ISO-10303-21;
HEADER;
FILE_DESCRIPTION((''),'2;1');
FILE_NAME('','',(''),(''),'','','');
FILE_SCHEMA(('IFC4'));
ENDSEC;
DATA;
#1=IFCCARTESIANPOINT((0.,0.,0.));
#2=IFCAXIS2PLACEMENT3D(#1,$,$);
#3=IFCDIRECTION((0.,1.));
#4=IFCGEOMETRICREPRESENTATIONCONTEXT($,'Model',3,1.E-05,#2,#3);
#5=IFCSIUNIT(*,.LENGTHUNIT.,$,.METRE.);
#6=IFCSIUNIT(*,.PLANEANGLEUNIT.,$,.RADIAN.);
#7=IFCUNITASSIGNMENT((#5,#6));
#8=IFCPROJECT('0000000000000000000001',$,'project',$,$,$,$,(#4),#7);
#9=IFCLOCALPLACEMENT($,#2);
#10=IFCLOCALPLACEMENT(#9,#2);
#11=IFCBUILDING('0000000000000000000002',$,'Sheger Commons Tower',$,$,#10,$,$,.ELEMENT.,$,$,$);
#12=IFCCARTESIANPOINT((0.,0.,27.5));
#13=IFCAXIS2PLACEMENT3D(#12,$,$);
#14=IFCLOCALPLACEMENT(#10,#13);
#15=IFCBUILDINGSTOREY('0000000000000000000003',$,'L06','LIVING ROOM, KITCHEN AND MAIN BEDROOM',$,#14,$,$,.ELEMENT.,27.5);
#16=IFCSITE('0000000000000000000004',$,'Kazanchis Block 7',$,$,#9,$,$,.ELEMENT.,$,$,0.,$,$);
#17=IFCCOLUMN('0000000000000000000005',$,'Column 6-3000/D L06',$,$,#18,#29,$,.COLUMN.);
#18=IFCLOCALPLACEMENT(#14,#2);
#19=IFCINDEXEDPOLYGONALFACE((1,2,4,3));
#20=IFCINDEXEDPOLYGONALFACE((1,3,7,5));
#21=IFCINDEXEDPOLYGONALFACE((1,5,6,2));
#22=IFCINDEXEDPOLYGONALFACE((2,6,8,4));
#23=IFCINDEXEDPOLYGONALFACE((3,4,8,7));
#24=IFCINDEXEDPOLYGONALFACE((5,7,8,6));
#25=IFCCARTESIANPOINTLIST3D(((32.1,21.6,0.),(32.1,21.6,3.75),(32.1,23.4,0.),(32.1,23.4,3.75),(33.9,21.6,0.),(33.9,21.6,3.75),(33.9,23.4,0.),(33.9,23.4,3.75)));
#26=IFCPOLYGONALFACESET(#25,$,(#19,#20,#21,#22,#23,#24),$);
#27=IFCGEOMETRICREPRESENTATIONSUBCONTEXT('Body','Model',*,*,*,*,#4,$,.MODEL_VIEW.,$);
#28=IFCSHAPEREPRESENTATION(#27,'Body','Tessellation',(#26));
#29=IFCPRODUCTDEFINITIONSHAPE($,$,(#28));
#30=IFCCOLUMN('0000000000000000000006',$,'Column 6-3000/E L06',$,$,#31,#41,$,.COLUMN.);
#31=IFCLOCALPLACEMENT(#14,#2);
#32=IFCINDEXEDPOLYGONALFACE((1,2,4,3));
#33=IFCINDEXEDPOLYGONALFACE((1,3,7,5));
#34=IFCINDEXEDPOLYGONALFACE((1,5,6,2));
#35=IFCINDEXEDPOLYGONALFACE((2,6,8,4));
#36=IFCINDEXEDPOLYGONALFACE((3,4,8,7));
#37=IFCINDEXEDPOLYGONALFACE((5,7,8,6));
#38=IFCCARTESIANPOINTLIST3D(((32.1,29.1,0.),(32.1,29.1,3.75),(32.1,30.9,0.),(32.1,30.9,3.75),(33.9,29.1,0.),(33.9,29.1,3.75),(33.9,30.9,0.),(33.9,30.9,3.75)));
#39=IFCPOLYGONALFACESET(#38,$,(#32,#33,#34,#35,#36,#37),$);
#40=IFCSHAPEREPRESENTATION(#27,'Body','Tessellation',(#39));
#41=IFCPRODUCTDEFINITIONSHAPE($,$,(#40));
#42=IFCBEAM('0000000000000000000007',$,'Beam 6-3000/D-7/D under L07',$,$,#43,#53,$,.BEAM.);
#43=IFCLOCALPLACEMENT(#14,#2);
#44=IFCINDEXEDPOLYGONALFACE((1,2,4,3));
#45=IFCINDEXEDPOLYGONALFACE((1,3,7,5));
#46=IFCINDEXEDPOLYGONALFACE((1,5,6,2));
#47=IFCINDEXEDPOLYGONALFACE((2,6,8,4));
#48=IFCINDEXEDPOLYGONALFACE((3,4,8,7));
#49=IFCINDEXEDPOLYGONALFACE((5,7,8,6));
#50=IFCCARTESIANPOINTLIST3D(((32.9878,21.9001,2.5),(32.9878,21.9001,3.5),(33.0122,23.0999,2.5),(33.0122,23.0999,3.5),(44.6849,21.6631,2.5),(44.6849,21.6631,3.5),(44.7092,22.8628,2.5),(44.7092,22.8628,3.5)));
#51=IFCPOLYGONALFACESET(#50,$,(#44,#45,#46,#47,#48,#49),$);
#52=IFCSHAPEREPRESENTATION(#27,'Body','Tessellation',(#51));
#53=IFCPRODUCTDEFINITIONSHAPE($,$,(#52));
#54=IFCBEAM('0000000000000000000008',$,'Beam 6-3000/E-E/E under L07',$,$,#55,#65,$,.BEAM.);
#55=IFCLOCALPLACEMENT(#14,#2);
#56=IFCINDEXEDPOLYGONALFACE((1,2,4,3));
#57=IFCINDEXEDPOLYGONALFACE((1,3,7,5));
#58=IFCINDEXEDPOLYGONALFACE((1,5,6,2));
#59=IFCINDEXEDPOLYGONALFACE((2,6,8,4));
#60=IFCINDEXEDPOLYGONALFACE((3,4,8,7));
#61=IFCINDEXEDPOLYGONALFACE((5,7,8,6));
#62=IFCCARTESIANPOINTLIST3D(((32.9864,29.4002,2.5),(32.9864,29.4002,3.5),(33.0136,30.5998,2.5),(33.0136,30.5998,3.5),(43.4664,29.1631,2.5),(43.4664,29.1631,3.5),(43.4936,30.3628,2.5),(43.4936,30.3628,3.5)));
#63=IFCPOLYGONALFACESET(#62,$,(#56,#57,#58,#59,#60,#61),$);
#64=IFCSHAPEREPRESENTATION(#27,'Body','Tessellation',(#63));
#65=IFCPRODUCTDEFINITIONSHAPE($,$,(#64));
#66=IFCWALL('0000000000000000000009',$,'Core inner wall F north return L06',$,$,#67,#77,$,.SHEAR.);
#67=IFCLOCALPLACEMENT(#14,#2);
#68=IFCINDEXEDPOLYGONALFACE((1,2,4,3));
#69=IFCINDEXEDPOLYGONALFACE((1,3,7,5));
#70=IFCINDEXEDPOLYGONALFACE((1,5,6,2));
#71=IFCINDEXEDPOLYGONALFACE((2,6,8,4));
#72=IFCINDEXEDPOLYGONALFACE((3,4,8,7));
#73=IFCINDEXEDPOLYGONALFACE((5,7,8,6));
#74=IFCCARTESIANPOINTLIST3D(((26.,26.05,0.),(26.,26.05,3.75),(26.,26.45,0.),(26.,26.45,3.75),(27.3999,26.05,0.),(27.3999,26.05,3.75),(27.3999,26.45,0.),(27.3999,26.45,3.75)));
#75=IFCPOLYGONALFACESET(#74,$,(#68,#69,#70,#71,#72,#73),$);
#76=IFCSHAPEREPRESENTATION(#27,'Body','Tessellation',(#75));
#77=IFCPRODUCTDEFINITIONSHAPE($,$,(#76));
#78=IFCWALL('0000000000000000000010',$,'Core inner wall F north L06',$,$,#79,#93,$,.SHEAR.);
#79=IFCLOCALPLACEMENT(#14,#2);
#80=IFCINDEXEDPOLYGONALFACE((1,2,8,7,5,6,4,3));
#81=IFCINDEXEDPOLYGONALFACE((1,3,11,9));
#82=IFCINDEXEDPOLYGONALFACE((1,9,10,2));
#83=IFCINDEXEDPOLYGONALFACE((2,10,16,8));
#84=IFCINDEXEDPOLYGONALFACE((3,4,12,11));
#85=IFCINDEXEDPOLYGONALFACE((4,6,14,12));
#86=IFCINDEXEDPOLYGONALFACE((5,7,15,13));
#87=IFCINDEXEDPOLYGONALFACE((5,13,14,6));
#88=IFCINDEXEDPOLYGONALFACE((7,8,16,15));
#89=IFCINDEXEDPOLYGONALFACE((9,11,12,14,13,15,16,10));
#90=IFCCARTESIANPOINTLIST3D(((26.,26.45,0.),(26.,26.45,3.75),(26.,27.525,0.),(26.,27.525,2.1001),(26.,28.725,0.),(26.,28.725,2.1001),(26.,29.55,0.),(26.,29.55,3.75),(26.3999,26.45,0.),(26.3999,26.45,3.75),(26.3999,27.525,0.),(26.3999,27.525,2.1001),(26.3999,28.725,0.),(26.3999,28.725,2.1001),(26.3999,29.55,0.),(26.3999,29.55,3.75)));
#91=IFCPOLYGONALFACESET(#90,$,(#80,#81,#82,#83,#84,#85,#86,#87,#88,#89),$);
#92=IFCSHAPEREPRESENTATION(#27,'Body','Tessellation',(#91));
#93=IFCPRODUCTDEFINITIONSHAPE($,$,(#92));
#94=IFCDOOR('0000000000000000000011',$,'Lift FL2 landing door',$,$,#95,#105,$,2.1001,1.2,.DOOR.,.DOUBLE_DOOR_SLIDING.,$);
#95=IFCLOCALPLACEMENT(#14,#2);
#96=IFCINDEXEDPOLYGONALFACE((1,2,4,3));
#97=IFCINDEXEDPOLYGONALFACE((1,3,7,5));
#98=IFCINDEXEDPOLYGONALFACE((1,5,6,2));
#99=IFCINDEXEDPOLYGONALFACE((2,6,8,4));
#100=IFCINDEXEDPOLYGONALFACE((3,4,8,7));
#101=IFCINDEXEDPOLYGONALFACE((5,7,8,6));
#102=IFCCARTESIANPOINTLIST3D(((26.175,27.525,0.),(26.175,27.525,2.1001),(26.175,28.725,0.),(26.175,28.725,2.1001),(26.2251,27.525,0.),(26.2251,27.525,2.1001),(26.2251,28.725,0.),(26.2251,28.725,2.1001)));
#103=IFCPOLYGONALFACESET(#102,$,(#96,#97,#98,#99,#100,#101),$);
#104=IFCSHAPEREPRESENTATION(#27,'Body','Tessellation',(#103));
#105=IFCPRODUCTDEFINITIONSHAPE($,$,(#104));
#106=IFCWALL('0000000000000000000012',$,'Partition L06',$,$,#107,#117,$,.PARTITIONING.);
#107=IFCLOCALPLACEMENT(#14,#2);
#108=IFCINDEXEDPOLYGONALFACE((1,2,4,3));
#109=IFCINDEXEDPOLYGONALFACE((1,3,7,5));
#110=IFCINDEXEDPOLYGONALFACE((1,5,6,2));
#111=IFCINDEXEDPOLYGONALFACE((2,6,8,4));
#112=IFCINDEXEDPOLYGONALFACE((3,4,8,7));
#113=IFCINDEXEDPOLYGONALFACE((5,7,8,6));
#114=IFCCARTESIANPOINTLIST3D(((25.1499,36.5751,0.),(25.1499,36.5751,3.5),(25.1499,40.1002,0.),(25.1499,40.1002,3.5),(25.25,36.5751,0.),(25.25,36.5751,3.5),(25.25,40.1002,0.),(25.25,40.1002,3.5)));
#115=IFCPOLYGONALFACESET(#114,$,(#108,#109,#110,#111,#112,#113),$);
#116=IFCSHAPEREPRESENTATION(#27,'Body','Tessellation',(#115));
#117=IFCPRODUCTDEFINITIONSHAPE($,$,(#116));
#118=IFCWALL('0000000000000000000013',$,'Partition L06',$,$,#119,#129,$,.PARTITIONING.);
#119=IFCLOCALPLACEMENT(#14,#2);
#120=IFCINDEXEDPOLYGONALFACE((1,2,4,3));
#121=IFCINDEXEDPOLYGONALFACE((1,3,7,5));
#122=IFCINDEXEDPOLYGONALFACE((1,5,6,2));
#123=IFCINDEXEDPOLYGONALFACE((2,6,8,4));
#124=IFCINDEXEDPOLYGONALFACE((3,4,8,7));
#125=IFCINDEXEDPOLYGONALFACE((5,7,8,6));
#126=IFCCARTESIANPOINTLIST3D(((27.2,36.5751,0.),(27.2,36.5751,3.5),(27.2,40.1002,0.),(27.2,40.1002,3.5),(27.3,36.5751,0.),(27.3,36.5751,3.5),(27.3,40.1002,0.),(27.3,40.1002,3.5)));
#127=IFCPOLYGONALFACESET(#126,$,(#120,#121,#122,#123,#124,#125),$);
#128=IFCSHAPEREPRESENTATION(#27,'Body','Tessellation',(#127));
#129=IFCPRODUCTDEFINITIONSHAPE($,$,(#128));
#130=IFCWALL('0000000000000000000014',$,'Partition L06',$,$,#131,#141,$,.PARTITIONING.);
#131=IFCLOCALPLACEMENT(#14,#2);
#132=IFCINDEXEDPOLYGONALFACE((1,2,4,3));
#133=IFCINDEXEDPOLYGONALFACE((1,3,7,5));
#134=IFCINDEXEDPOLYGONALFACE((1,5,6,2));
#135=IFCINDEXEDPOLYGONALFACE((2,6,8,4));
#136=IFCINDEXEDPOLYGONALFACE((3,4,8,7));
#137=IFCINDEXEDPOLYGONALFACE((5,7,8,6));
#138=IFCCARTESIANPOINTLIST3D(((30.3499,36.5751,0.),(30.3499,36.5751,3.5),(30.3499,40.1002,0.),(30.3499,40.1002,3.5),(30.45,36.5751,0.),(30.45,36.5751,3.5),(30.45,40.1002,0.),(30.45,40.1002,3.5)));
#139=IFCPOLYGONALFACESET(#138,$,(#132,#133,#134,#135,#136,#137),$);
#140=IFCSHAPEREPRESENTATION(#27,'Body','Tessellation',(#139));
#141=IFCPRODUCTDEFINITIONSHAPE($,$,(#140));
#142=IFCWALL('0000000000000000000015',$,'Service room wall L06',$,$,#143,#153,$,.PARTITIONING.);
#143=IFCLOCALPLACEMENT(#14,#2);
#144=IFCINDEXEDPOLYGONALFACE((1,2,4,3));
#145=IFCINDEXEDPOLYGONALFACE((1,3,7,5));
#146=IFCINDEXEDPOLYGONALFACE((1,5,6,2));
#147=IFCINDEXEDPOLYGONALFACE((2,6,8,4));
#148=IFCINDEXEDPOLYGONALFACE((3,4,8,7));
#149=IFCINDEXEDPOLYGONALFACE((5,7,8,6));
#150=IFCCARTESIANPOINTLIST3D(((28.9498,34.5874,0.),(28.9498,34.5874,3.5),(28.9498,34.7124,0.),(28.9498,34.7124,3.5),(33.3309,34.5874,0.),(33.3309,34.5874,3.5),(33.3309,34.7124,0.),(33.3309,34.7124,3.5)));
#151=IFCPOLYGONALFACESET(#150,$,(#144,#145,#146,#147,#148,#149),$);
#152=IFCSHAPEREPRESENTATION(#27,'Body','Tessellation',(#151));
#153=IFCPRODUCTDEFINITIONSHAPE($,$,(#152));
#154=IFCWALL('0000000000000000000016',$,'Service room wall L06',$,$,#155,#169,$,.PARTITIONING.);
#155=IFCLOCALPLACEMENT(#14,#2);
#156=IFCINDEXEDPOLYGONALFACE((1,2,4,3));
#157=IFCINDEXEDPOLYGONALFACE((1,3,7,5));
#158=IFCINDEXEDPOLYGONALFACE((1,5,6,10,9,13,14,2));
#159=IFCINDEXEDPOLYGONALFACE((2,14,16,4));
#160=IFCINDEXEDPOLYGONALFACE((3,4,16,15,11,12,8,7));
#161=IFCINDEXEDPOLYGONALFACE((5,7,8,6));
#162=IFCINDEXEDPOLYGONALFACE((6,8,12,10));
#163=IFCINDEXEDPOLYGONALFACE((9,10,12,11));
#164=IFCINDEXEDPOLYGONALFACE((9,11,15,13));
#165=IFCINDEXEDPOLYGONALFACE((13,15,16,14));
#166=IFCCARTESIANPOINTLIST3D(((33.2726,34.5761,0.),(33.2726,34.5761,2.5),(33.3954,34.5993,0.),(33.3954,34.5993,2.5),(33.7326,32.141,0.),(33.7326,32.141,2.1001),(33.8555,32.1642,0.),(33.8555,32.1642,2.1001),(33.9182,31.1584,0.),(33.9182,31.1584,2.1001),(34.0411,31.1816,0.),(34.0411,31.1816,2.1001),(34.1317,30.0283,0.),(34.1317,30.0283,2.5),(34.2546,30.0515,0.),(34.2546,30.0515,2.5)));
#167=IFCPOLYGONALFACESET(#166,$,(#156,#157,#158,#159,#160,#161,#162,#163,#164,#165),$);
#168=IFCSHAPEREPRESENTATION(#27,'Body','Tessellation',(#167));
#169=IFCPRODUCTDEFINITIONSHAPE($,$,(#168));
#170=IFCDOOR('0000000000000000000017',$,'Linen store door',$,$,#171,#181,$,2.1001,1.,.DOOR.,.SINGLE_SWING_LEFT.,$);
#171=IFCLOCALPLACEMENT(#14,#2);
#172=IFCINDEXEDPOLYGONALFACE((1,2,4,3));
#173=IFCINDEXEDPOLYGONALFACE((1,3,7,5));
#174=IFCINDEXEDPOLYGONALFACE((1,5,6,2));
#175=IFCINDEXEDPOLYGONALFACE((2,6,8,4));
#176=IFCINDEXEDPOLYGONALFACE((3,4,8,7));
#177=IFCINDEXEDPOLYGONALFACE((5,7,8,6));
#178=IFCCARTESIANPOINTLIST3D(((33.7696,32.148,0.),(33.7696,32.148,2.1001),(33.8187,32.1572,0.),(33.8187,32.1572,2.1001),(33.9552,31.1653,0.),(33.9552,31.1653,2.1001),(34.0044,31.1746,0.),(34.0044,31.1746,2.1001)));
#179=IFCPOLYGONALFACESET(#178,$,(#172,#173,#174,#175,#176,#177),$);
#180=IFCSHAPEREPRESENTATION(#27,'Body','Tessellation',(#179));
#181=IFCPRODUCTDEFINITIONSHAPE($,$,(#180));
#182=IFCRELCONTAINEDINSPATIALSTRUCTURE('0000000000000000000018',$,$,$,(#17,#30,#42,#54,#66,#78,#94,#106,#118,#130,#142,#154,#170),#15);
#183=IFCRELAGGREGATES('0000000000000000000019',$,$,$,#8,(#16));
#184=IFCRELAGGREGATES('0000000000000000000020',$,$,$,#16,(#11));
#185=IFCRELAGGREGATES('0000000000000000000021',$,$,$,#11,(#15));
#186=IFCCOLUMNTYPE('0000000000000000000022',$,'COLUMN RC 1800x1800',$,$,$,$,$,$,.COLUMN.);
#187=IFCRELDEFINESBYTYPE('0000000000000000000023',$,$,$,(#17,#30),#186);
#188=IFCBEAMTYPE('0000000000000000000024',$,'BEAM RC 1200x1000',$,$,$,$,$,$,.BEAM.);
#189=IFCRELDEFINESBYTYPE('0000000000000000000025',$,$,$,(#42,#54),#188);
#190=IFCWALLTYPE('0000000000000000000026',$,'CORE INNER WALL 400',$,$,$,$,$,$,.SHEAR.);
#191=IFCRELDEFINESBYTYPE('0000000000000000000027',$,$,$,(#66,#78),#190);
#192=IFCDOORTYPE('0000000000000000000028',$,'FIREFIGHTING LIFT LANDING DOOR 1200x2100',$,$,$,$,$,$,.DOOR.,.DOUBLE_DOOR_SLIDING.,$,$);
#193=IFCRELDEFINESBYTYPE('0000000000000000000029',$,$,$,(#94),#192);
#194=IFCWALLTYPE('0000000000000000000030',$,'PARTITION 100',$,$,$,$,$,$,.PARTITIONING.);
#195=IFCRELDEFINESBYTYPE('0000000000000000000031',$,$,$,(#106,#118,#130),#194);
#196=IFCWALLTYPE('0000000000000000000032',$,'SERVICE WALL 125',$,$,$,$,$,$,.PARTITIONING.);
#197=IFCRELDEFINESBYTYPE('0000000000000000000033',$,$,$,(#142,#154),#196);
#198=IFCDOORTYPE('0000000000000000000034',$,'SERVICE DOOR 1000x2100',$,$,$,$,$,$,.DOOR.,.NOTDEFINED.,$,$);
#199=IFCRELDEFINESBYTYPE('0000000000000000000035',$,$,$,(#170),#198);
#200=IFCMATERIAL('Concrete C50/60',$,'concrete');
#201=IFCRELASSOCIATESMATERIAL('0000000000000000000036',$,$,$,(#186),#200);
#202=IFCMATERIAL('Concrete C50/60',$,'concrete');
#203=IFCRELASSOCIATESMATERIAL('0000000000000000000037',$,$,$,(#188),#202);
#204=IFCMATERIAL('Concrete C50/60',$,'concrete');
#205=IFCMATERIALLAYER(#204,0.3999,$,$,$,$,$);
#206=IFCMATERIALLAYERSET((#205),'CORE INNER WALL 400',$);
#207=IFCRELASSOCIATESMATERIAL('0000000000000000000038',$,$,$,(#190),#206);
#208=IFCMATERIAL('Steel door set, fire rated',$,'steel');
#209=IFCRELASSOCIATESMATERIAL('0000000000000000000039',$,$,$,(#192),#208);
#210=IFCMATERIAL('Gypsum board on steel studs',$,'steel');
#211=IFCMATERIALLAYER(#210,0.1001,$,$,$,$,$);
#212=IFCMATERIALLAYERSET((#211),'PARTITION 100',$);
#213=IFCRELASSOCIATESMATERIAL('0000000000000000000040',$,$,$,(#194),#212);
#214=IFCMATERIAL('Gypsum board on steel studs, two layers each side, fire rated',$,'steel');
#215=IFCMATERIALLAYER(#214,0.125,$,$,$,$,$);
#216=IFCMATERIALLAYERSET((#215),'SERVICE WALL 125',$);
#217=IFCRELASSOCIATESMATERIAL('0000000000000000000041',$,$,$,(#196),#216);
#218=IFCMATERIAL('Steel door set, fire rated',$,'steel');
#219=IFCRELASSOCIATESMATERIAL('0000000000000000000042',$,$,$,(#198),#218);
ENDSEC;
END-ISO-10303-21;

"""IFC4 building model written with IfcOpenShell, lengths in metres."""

from ifc_helpers import new_model, si_unit, direction, frame, frame_2d, origin, origin_2d, place, context, subcontext, project, spatial, rectangle, extrude, material, layer, layer_set, material_profile, profile_set, type_object, element, fill, save


model = new_model("IFC4")

# Units and contexts
model_context = context("Model", 3, precision=1e-05, world=origin(), true_north=direction((0.0, 1.0)))
body_context = subcontext(model_context, "Body", "Model", "MODEL_VIEW")
ifc_project = project(units=[si_unit("LENGTHUNIT", "METRE"), si_unit("PLANEANGLEUNIT", "RADIAN")], contexts=[model_context])

# Site, building, storey
site_placement = place(None, origin())
site = spatial("IfcSite", under=ifc_project, at=site_placement, Name="Kazanchis Block 7", CompositionType="ELEMENT", RefElevation=0.0)
building_placement = place(site_placement, origin())
building = spatial("IfcBuilding", under=site, at=building_placement, Name="Sheger Commons Tower", CompositionType="ELEMENT")
storey_placement = place(building_placement, frame((0.0, 0.0, 27.5)))
storey = spatial("IfcBuildingStorey", under=building, at=storey_placement, Name="L06", Description="LIVING ROOM, KITCHEN AND MAIN BEDROOM", CompositionType="ELEMENT", Elevation=27.5)

# Columns
ifc_material_1 = material(Name="Concrete C50/60", Category="concrete")
ifc_material_profile_1 = material_profile(ifc_material_1, rectangle(XDim=1.8, YDim=1.8, at=origin_2d()), Name="RC 1800x1800")
ifc_profile_set_1 = profile_set([ifc_material_profile_1], Name="Concrete C50/60")
column_type = type_object("IfcColumnType", Name="COLUMN RC 1800x1800", PredefinedType="COLUMN", material=ifc_profile_set_1)
for number, where, z_axis, x_axis, name in (
    (1, (33.0, 22.5, 0.0), (0.0, 0.0, 1.0), (1.0, 0.0, 0.0), "Column 6-3000/D L06"),
    (2, (33.0, 30.0, 0.0), (0.0, 0.0, 1.0), (1.0, 0.0, 0.0), "Column 6-3000/E L06"),
):
    element("IfcColumn", number, at=place(storey_placement, frame(where, z_axis=z_axis, x_axis=x_axis)), inside=storey, type_object=column_type, Name=name, PredefinedType="COLUMN", context=body_context, shape_type="SweptSolid", body=[
        extrude(rectangle(XDim=1.8, YDim=1.8, at=origin_2d()), origin(), (0.0, 0.0, 1.0), 3.75),
    ])

# Beams
ifc_material_2 = material(Name="Concrete C50/60", Category="concrete")
ifc_material_profile_2 = material_profile(ifc_material_2, rectangle(XDim=1.2, YDim=1.0, at=origin_2d()), Name="RC 1200x1000")
ifc_profile_set_2 = profile_set([ifc_material_profile_2], Name="Concrete C50/60")
beam_type = type_object("IfcBeamType", Name="BEAM RC 1200x1000", PredefinedType="BEAM", material=ifc_profile_set_2)
beam_1_placement = place(storey_placement, frame((33.0, 22.5, 3.0), z_axis=(0.999795, -0.020263, 0.0), x_axis=(0.020263, 0.999795, 0.0)))
element("IfcBeam", 3, at=beam_1_placement, inside=storey, type_object=beam_type, Name="Beam 6-3000/D-7/D under L07", PredefinedType="BEAM", context=body_context, shape_type="SweptSolid", body=[
    extrude(rectangle(XDim=1.2, YDim=1.0, at=origin_2d()), origin(), (0.0, 0.0, 1.0), 11.6995),
])
beam_2_placement = place(storey_placement, frame((33.0, 30.0, 3.0), z_axis=(0.999744, -0.022615, 0.0), x_axis=(0.022615, 0.999744, 0.0)))
element("IfcBeam", 4, at=beam_2_placement, inside=storey, type_object=beam_type, Name="Beam 6-3000/E-E/E under L07", PredefinedType="BEAM", context=body_context, shape_type="SweptSolid", body=[
    extrude(rectangle(XDim=1.2, YDim=1.0, at=origin_2d()), origin(), (0.0, 0.0, 1.0), 10.4827),
])

# Wall
ifc_material_3 = material(Name="Concrete C50/60", Category="concrete")
ifc_layer_1 = layer(ifc_material_3, 0.3999)
ifc_layer_set_1 = layer_set([ifc_layer_1], Name="CORE INNER WALL 400")
wall_type_1 = type_object("IfcWallType", Name="CORE INNER WALL 400", PredefinedType="SHEAR", material=ifc_layer_set_1)
wall_1_placement = place(storey_placement, frame((26.0, 26.25, 0.0), z_axis=(0.0, 0.0, 1.0), x_axis=(1.0, 0.0, 0.0)))
element("IfcWall", 5, at=wall_1_placement, inside=storey, type_object=wall_type_1, Name="Core inner wall F north return L06", PredefinedType="SHEAR", context=body_context, shape_type="SweptSolid", body=[
    extrude(rectangle(XDim=1.3999, YDim=0.3999, at=frame_2d((0.7, 0.0))), origin(), (0.0, 0.0, 1.0), 3.75),
])

# Wall, opening, door
wall_2_placement = place(storey_placement, frame((26.2, 26.45, 0.0), z_axis=(0.0, 0.0, 1.0), x_axis=(0.0, 1.0, 0.0)))
wall_2 = element("IfcWall", 6, at=wall_2_placement, inside=storey, type_object=wall_type_1, Name="Core inner wall F north L06", PredefinedType="SHEAR", context=body_context, shape_type="SweptSolid", body=[
    extrude(rectangle(XDim=3.1001, YDim=0.3999, at=frame_2d((1.55, 0.0))), origin(), (0.0, 0.0, 1.0), 3.75),
])
opening_1_placement = place(wall_2_placement, frame((1.075, 0.0, 0.0)))
opening_1 = element("IfcOpeningElement", 7, at=opening_1_placement, cuts=wall_2, PredefinedType="OPENING", context=body_context, shape_type="SweptSolid", body=[
    extrude(rectangle(XDim=1.2, YDim=2.1001, at=frame_2d((0.6001, 1.05))), frame((0.0, 0.21, 0.0), z_axis=(0.0, -1.0, 0.0), x_axis=(1.0, 0.0, 0.0)), (0.0, 0.0, 1.0), 0.4199),
])
ifc_material_4 = material(Name="Steel door set, fire rated", Category="steel")
door_type_1 = type_object("IfcDoorType", Name="FIREFIGHTING LIFT LANDING DOOR 1200x2100", OperationType="DOUBLE_DOOR_SLIDING", PredefinedType="DOOR", material=ifc_material_4)
door_1_placement = place(opening_1_placement, origin())
door_1 = element("IfcDoor", 8, at=door_1_placement, inside=storey, type_object=door_type_1, Name="Lift FL2 landing door", OperationType="DOUBLE_DOOR_SLIDING", OverallHeight=2.1001, OverallWidth=1.2, PredefinedType="DOOR", context=body_context, shape_type="SweptSolid", body=[
    extrude(rectangle(XDim=1.2, YDim=2.1001, at=frame_2d((0.6001, 1.05))), frame((0.0, 0.0249, 0.0), z_axis=(0.0, -1.0, 0.0), x_axis=(1.0, 0.0, 0.0)), (0.0, 0.0, 1.0), 0.05),
])
fill(opening_1, door_1)

# Walls
ifc_material_5 = material(Name="Gypsum board on steel studs", Category="steel")
ifc_layer_2 = layer(ifc_material_5, 0.1001)
ifc_layer_set_2 = layer_set([ifc_layer_2], Name="PARTITION 100")
wall_type_2 = type_object("IfcWallType", Name="PARTITION 100", PredefinedType="PARTITIONING", material=ifc_layer_set_2)
for number, where, z_axis, x_axis, name in (
    (9, (25.2, 36.575, 0.0), (0.0, 0.0, 1.0), (0.0, 1.0, 0.0), "Partition L06"),
    (10, (27.25, 36.575, 0.0), (0.0, 0.0, 1.0), (0.0, 1.0, 0.0), "Partition L06"),
    (11, (30.3999, 36.575, 0.0), (0.0, 0.0, 1.0), (0.0, 1.0, 0.0), "Partition L06"),
):
    element("IfcWall", number, at=place(storey_placement, frame(where, z_axis=z_axis, x_axis=x_axis)), inside=storey, type_object=wall_type_2, Name=name, PredefinedType="PARTITIONING", context=body_context, shape_type="SweptSolid", body=[
        extrude(rectangle(XDim=3.5251, YDim=0.1001, at=frame_2d((1.7627, 0.0))), origin(), (0.0, 0.0, 1.0), 3.5),
    ])
ifc_material_6 = material(Name="Gypsum board on steel studs, two layers each side, fire rated", Category="steel")
ifc_layer_3 = layer(ifc_material_6, 0.125)
ifc_layer_set_3 = layer_set([ifc_layer_3], Name="SERVICE WALL 125")
wall_type_3 = type_object("IfcWallType", Name="SERVICE WALL 125", PredefinedType="PARTITIONING", material=ifc_layer_set_3)
wall_3_placement = place(storey_placement, frame((28.95, 34.6499, 0.0), z_axis=(0.0, 0.0, 1.0), x_axis=(1.0, 0.0, 0.0)))
element("IfcWall", 12, at=wall_3_placement, inside=storey, type_object=wall_type_3, Name="Service room wall L06", PredefinedType="PARTITIONING", context=body_context, shape_type="SweptSolid", body=[
    extrude(rectangle(XDim=4.3811, YDim=0.125, at=frame_2d((2.1904, 0.0))), origin(), (0.0, 0.0, 1.0), 3.5),
])

# Wall, opening, door
wall_4_placement = place(storey_placement, frame((34.1931, 30.04, 0.0), z_axis=(0.0, 0.0, 1.0), x_axis=(-0.185626, 0.98262, 0.0)))
wall_4 = element("IfcWall", 13, at=wall_4_placement, inside=storey, type_object=wall_type_3, Name="Service room wall L06", PredefinedType="PARTITIONING", context=body_context, shape_type="SweptSolid", body=[
    extrude(rectangle(XDim=4.6282, YDim=0.125, at=frame_2d((2.314, 0.0))), origin(), (0.0, 0.0, 1.0), 2.5),
])
opening_2_placement = place(wall_4_placement, frame((1.1499, 0.0, 0.0)))
opening_2 = element("IfcOpeningElement", 14, at=opening_2_placement, cuts=wall_4, PredefinedType="OPENING", context=body_context, shape_type="SweptSolid", body=[
    extrude(rectangle(XDim=1.0, YDim=2.1001, at=frame_2d((0.5, 1.05))), frame((0.0, 0.0725, 0.0), z_axis=(0.0, -1.0, 0.0), x_axis=(1.0, 0.0, 0.0)), (0.0, 0.0, 1.0), 0.145),
])
ifc_material_7 = material(Name="Steel door set, fire rated", Category="steel")
door_type_2 = type_object("IfcDoorType", Name="SERVICE DOOR 1000x2100", OperationType="NOTDEFINED", PredefinedType="DOOR", material=ifc_material_7)
door_2_placement = place(opening_2_placement, origin())
door_2 = element("IfcDoor", 15, at=door_2_placement, inside=storey, type_object=door_type_2, Name="Linen store door", OperationType="SINGLE_SWING_LEFT", OverallHeight=2.1001, OverallWidth=1.0, PredefinedType="DOOR", context=body_context, shape_type="SweptSolid", body=[
    extrude(rectangle(XDim=1.0, YDim=2.1001, at=frame_2d((0.5, 1.05))), frame((0.0, 0.0249, 0.0), z_axis=(0.0, -1.0, 0.0), x_axis=(1.0, 0.0, 0.0)), (0.0, 0.0, 1.0), 0.05),
])
fill(opening_2, door_2)

save(model, "model.ifc")
